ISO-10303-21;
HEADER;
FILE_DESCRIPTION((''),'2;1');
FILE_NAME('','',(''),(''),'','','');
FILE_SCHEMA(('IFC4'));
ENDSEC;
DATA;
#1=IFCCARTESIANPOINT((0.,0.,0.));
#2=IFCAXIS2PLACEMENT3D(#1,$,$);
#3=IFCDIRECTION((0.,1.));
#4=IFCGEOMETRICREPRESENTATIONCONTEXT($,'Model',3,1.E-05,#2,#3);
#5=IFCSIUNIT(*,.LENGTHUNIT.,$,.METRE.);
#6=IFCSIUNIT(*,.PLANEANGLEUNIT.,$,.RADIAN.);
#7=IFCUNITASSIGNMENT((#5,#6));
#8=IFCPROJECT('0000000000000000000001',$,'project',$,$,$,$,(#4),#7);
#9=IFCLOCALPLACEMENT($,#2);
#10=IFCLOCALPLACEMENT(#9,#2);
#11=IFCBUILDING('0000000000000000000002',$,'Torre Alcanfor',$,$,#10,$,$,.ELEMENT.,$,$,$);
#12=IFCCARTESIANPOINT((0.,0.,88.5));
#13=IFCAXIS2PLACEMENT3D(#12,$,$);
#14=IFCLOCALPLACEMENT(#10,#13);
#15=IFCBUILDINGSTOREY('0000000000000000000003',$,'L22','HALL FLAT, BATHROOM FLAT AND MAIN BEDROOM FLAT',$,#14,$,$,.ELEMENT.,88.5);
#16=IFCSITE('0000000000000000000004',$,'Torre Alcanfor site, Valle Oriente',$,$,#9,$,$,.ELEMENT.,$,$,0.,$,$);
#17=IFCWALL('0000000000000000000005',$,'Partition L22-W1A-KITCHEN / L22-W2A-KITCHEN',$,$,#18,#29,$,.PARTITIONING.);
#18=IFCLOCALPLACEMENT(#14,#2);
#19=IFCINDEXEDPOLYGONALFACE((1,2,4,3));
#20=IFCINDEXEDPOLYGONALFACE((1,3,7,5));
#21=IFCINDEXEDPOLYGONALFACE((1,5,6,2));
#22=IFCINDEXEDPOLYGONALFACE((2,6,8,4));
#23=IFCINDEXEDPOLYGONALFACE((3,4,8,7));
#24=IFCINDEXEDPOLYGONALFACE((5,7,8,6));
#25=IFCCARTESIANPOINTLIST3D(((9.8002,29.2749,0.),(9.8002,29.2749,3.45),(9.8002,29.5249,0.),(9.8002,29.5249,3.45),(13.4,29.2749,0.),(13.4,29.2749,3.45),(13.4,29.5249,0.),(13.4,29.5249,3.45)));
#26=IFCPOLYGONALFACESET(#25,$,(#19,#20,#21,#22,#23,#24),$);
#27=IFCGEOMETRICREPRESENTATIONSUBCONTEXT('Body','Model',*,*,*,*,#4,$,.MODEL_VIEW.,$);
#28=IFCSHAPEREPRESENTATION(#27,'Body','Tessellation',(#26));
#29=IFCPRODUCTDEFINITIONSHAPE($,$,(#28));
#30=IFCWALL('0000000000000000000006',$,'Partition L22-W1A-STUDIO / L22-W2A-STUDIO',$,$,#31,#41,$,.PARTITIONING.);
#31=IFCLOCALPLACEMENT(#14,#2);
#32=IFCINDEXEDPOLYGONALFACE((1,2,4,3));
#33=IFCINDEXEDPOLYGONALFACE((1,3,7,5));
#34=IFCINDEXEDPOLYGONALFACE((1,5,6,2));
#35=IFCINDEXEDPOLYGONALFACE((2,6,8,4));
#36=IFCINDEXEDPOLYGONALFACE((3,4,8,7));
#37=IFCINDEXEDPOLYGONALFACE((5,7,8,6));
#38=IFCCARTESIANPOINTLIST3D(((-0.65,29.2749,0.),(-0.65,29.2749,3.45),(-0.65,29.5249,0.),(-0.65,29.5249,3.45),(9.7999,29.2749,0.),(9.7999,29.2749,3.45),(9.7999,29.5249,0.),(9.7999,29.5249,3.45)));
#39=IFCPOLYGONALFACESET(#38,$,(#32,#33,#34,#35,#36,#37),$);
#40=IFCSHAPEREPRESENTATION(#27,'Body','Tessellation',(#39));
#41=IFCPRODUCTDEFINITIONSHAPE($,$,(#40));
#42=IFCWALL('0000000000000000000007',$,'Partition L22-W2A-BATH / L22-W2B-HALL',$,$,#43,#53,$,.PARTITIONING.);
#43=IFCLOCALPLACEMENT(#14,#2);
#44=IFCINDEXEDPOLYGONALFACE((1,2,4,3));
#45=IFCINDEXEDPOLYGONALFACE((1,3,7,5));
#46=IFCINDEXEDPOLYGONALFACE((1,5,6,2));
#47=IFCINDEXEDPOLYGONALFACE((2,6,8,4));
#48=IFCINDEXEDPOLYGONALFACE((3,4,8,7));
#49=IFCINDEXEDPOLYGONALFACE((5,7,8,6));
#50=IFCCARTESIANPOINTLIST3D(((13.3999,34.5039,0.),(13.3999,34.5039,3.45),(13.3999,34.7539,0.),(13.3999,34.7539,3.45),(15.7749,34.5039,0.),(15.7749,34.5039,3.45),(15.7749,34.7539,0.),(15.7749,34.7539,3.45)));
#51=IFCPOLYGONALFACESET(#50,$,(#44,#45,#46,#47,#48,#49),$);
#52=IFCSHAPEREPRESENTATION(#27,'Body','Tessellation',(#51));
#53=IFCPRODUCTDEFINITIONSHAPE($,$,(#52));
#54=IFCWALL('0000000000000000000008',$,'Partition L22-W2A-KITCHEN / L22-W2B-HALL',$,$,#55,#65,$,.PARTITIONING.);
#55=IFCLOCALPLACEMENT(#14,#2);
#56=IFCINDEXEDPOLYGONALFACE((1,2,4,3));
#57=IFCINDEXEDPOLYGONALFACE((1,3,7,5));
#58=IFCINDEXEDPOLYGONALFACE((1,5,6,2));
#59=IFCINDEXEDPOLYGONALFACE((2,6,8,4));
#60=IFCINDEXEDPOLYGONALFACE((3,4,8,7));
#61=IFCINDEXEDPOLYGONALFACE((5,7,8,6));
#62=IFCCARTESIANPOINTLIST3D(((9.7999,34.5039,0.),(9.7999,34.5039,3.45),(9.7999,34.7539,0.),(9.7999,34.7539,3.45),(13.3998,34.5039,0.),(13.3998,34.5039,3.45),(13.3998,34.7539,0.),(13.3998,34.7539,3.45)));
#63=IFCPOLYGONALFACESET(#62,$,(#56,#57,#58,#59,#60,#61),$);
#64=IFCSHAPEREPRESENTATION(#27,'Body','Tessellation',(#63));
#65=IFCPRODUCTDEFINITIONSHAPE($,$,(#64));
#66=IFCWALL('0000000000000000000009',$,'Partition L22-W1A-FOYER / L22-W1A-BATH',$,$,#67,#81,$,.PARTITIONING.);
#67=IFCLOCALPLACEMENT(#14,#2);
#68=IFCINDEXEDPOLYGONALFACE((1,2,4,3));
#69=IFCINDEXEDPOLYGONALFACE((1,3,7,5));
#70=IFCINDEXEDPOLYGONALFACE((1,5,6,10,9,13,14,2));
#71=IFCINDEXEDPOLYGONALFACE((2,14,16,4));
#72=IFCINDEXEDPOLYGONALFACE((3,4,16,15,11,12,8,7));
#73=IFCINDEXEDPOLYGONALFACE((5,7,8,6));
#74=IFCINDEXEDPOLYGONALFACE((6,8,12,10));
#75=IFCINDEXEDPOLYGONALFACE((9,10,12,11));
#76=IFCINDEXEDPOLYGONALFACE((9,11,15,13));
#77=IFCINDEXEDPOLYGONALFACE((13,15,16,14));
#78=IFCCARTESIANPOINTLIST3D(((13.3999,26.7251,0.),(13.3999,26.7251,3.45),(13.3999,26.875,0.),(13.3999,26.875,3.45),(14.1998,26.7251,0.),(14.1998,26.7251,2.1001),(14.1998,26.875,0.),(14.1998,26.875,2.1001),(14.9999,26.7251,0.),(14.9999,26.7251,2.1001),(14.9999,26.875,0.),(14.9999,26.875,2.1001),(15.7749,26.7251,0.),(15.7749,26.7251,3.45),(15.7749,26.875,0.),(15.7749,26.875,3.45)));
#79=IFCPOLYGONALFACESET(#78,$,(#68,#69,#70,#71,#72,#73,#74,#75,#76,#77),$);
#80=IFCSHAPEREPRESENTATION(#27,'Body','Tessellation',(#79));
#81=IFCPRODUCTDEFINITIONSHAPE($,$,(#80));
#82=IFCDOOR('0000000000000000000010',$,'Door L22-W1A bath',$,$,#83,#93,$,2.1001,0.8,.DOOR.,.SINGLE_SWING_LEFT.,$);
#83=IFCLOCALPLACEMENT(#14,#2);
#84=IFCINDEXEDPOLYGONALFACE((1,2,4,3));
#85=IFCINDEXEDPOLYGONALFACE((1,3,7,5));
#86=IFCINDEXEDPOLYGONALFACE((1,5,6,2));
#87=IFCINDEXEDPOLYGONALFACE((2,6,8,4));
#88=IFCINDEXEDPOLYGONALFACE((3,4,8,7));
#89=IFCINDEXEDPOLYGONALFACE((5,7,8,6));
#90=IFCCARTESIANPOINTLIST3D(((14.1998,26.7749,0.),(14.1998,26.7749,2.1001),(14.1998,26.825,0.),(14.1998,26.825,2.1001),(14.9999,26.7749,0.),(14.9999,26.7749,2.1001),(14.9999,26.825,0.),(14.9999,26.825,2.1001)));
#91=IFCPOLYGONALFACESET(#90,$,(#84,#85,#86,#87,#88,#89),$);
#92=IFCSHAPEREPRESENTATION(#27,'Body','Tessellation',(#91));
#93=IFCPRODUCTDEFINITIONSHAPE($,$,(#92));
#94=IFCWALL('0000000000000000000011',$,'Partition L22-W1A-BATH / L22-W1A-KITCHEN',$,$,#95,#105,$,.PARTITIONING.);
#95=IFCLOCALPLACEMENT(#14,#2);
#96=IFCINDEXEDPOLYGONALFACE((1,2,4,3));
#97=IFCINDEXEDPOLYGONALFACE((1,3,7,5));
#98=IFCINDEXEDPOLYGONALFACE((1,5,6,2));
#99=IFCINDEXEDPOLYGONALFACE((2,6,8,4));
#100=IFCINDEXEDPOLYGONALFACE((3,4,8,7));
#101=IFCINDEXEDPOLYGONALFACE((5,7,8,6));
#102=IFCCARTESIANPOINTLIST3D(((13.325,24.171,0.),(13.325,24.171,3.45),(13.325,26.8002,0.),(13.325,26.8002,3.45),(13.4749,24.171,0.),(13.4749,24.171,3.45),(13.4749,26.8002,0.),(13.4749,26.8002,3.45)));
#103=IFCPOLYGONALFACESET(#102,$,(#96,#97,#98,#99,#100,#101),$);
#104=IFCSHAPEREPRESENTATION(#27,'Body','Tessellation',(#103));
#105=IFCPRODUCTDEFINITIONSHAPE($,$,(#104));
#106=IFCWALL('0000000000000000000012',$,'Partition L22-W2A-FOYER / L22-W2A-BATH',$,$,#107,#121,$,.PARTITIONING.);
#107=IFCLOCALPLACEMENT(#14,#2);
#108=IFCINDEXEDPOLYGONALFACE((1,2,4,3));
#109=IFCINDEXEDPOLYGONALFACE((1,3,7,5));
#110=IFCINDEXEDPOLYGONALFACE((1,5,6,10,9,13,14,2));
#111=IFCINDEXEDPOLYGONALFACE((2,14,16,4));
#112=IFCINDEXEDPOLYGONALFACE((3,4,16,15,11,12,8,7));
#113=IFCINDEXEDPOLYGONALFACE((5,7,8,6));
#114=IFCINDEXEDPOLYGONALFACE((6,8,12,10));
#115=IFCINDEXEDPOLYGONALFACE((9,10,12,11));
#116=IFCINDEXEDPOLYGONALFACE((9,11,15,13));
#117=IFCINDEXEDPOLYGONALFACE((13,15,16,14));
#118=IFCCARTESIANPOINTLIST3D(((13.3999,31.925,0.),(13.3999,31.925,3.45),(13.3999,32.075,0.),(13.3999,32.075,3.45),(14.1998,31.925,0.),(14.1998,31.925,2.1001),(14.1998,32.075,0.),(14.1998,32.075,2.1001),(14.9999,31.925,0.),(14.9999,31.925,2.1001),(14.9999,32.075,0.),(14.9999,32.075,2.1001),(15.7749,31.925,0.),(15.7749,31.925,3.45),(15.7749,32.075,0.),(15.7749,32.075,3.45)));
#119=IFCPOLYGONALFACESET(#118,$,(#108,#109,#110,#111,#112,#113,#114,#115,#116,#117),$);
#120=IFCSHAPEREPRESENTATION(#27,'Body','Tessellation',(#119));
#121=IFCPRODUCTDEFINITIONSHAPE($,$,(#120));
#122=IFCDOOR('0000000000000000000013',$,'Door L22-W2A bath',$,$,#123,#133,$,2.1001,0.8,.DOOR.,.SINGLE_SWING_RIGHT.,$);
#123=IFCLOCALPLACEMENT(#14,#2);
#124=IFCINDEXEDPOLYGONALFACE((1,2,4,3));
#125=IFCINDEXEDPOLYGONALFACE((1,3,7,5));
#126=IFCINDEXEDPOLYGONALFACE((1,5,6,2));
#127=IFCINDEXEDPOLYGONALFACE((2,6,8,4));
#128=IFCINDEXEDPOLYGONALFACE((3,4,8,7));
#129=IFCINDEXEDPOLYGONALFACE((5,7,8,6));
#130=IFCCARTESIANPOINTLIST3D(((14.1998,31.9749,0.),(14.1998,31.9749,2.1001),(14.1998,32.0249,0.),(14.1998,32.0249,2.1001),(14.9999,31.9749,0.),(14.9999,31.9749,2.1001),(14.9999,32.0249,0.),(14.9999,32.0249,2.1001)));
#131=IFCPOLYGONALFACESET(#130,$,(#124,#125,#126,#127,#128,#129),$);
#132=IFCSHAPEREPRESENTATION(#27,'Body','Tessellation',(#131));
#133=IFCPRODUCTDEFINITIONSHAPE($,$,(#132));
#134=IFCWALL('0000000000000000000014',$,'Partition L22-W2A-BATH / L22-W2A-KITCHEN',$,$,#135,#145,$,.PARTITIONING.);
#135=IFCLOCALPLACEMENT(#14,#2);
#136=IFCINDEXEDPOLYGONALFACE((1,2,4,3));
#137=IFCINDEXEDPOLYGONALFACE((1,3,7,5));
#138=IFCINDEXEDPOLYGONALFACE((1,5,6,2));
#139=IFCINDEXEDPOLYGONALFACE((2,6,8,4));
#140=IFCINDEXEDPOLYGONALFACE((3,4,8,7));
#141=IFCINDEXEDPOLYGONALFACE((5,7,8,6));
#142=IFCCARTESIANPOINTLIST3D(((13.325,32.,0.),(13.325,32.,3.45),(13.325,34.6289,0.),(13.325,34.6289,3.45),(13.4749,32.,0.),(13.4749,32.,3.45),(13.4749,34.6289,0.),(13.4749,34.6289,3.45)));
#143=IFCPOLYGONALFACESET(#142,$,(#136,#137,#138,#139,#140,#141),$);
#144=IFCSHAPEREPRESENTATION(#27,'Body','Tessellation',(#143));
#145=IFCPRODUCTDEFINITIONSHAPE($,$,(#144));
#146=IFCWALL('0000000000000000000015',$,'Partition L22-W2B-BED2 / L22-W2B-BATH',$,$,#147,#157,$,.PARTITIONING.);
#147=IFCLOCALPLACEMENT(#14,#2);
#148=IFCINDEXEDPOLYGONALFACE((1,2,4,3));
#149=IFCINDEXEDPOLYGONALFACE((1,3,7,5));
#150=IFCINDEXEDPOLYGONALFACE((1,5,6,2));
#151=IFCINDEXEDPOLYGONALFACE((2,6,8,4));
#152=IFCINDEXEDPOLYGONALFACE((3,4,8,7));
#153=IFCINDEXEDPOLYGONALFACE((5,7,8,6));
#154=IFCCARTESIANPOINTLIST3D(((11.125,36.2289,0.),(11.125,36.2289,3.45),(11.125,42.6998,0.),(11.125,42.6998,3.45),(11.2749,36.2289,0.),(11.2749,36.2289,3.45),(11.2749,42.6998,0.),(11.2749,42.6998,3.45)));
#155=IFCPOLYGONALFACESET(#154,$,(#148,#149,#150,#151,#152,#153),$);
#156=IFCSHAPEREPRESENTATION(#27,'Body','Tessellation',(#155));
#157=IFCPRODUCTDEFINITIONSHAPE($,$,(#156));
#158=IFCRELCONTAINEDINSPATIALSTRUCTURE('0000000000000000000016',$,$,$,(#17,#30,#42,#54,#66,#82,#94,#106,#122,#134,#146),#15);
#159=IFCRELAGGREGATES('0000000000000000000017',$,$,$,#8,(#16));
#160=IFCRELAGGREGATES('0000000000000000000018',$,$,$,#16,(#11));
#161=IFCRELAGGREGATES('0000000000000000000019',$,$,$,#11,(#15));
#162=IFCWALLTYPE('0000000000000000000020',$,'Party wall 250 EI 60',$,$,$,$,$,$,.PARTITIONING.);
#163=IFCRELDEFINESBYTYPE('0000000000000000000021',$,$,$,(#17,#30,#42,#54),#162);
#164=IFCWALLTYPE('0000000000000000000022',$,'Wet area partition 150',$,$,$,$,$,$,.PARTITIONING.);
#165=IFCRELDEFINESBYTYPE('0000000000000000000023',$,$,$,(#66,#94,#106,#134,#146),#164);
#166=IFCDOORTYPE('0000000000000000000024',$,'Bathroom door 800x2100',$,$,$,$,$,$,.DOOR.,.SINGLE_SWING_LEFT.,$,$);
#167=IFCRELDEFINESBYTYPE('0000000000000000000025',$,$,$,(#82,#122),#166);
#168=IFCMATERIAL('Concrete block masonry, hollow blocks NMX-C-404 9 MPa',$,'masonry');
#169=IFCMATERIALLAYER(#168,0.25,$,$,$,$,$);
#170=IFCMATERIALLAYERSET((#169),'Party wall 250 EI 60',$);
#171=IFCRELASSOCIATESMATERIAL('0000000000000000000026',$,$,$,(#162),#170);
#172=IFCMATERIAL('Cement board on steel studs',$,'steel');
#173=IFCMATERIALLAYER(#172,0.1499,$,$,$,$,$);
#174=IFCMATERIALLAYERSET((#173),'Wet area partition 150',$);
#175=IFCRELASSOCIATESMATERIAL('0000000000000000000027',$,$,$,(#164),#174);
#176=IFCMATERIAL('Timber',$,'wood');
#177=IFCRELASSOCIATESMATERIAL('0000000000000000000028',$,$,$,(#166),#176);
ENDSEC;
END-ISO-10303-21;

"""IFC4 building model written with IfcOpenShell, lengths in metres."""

from ifc_helpers import new_model, si_unit, direction, frame, frame_2d, origin, place, context, subcontext, project, spatial, rectangle, extrude, material, layer, layer_set, type_object, element, fill, save


model = new_model("IFC4")

# Units and contexts
model_context = context("Model", 3, precision=1e-05, world=origin(), true_north=direction((0.0, 1.0)))
body_context = subcontext(model_context, "Body", "Model", "MODEL_VIEW")
ifc_project = project(units=[si_unit("LENGTHUNIT", "METRE"), si_unit("PLANEANGLEUNIT", "RADIAN")], contexts=[model_context])

# Site, building, storey
site_placement = place(None, origin())
site = spatial("IfcSite", under=ifc_project, at=site_placement, Name="Torre Alcanfor site, Valle Oriente", CompositionType="ELEMENT", RefElevation=0.0)
building_placement = place(site_placement, origin())
building = spatial("IfcBuilding", under=site, at=building_placement, Name="Torre Alcanfor", CompositionType="ELEMENT")
storey_placement = place(building_placement, frame((0.0, 0.0, 88.5)))
storey = spatial("IfcBuildingStorey", under=building, at=storey_placement, Name="L22", Description="HALL FLAT, BATHROOM FLAT AND MAIN BEDROOM FLAT", CompositionType="ELEMENT", Elevation=88.5)

# Walls
ifc_material_1 = material(Name="Concrete block masonry, hollow blocks NMX-C-404 9 MPa", Category="masonry")
ifc_layer_1 = layer(ifc_material_1, 0.25)
ifc_layer_set_1 = layer_set([ifc_layer_1], Name="Party wall 250 EI 60")
wall_type_1 = type_object("IfcWallType", Name="Party wall 250 EI 60", PredefinedType="PARTITIONING", material=ifc_layer_set_1)
wall_1_placement = place(storey_placement, frame((13.3999, 29.3999, 0.0), z_axis=(0.0, 0.0, 1.0), x_axis=(-1.0, 0.0, 0.0)))
element("IfcWall", 1, at=wall_1_placement, inside=storey, type_object=wall_type_1, Name="Partition L22-W1A-KITCHEN / L22-W2A-KITCHEN", PredefinedType="PARTITIONING", context=body_context, shape_type="SweptSolid", body=[
    extrude(rectangle(XDim=3.5999, YDim=0.25, at=frame_2d((1.7998, 0.0))), origin(), (0.0, 0.0, 1.0), 3.45),
])
wall_2_placement = place(storey_placement, frame((9.8, 29.3999, 0.0), z_axis=(0.0, 0.0, 1.0), x_axis=(-1.0, 0.0, 0.0)))
element("IfcWall", 2, at=wall_2_placement, inside=storey, type_object=wall_type_1, Name="Partition L22-W1A-STUDIO / L22-W2A-STUDIO", PredefinedType="PARTITIONING", context=body_context, shape_type="SweptSolid", body=[
    extrude(rectangle(XDim=10.45, YDim=0.25, at=frame_2d((5.2251, 0.0))), origin(), (0.0, 0.0, 1.0), 3.45),
])
wall_3_placement = place(storey_placement, frame((13.3999, 34.6289, 0.0), z_axis=(0.0, 0.0, 1.0), x_axis=(1.0, 0.0, 0.0)))
element("IfcWall", 3, at=wall_3_placement, inside=storey, type_object=wall_type_1, Name="Partition L22-W2A-BATH / L22-W2B-HALL", PredefinedType="PARTITIONING", context=body_context, shape_type="SweptSolid", body=[
    extrude(rectangle(XDim=2.375, YDim=0.25, at=frame_2d((1.1875, 0.0))), origin(), (0.0, 0.0, 1.0), 3.45),
])
wall_4_placement = place(storey_placement, frame((9.8, 34.6289, 0.0), z_axis=(0.0, 0.0, 1.0), x_axis=(1.0, 0.0, 0.0)))
element("IfcWall", 4, at=wall_4_placement, inside=storey, type_object=wall_type_1, Name="Partition L22-W2A-KITCHEN / L22-W2B-HALL", PredefinedType="PARTITIONING", context=body_context, shape_type="SweptSolid", body=[
    extrude(rectangle(XDim=3.5999, YDim=0.25, at=frame_2d((1.7998, 0.0))), origin(), (0.0, 0.0, 1.0), 3.45),
])

# Wall, opening, door
ifc_material_2 = material(Name="Cement board on steel studs", Category="steel")
ifc_layer_2 = layer(ifc_material_2, 0.1499)
ifc_layer_set_2 = layer_set([ifc_layer_2], Name="Wet area partition 150")
wall_type_2 = type_object("IfcWallType", Name="Wet area partition 150", PredefinedType="PARTITIONING", material=ifc_layer_set_2)
wall_5_placement = place(storey_placement, frame((13.3999, 26.8, 0.0), z_axis=(0.0, 0.0, 1.0), x_axis=(1.0, 0.0, 0.0)))
wall_5 = element("IfcWall", 5, at=wall_5_placement, inside=storey, type_object=wall_type_2, Name="Partition L22-W1A-FOYER / L22-W1A-BATH", PredefinedType="PARTITIONING", context=body_context, shape_type="SweptSolid", body=[
    extrude(rectangle(XDim=2.375, YDim=0.1499, at=frame_2d((1.1875, 0.0))), origin(), (0.0, 0.0, 1.0), 3.45),
])
opening_1_placement = place(wall_5_placement, frame((0.8, 0.0, 0.0)))
opening_1 = element("IfcOpeningElement", 6, at=opening_1_placement, cuts=wall_5, PredefinedType="OPENING", context=body_context, shape_type="SweptSolid", body=[
    extrude(rectangle(XDim=0.8, YDim=2.1001, at=frame_2d((0.3999, 1.05))), frame((0.0, 0.085, 0.0), z_axis=(0.0, -1.0, 0.0), x_axis=(1.0, 0.0, 0.0)), (0.0, 0.0, 1.0), 0.1699),
])
ifc_material_3 = material(Name="Timber", Category="wood")
door_type_1 = type_object("IfcDoorType", Name="Bathroom door 800x2100", OperationType="SINGLE_SWING_LEFT", PredefinedType="DOOR", material=ifc_material_3)
door_1_placement = place(opening_1_placement, frame((0.8, 0.0, 0.0), z_axis=(0.0, 0.0, 1.0), x_axis=(-1.0, 0.0, 0.0)))
door_1 = element("IfcDoor", 7, at=door_1_placement, inside=storey, type_object=door_type_1, Name="Door L22-W1A bath", OperationType="SINGLE_SWING_LEFT", OverallHeight=2.1001, OverallWidth=0.8, PredefinedType="DOOR", context=body_context, shape_type="SweptSolid", body=[
    extrude(rectangle(XDim=0.8, YDim=2.1001, at=frame_2d((0.4001, 1.05))), frame((0.0, 0.0251, 0.0), z_axis=(0.0, -1.0, 0.0), x_axis=(1.0, 0.0, 0.0)), (0.0, 0.0, 1.0), 0.05),
])
fill(opening_1, door_1)

# Wall
wall_6_placement = place(storey_placement, frame((13.3999, 26.8, 0.0), z_axis=(0.0, 0.0, 1.0), x_axis=(0.0, -1.0, 0.0)))
element("IfcWall", 8, at=wall_6_placement, inside=storey, type_object=wall_type_2, Name="Partition L22-W1A-BATH / L22-W1A-KITCHEN", PredefinedType="PARTITIONING", context=body_context, shape_type="SweptSolid", body=[
    extrude(rectangle(XDim=2.6292, YDim=0.1499, at=frame_2d((1.3145, 0.0))), origin(), (0.0, 0.0, 1.0), 3.45),
])

# Wall, opening, door
wall_7_placement = place(storey_placement, frame((13.3999, 32.0, 0.0), z_axis=(0.0, 0.0, 1.0), x_axis=(1.0, 0.0, 0.0)))
wall_7 = element("IfcWall", 9, at=wall_7_placement, inside=storey, type_object=wall_type_2, Name="Partition L22-W2A-FOYER / L22-W2A-BATH", PredefinedType="PARTITIONING", context=body_context, shape_type="SweptSolid", body=[
    extrude(rectangle(XDim=2.375, YDim=0.1499, at=frame_2d((1.1875, 0.0))), origin(), (0.0, 0.0, 1.0), 3.45),
])
opening_2_placement = place(wall_7_placement, frame((0.8, 0.0, 0.0)))
opening_2 = element("IfcOpeningElement", 10, at=opening_2_placement, cuts=wall_7, PredefinedType="OPENING", context=body_context, shape_type="SweptSolid", body=[
    extrude(rectangle(XDim=0.8, YDim=2.1001, at=frame_2d((0.3999, 1.05))), frame((0.0, 0.085, 0.0), z_axis=(0.0, -1.0, 0.0), x_axis=(1.0, 0.0, 0.0)), (0.0, 0.0, 1.0), 0.1699),
])
door_2_placement = place(opening_2_placement, origin())
door_2 = element("IfcDoor", 11, at=door_2_placement, inside=storey, type_object=door_type_1, Name="Door L22-W2A bath", OperationType="SINGLE_SWING_RIGHT", OverallHeight=2.1001, OverallWidth=0.8, PredefinedType="DOOR", context=body_context, shape_type="SweptSolid", body=[
    extrude(rectangle(XDim=0.8, YDim=2.1001, at=frame_2d((0.3999, 1.05))), frame((0.0, 0.0249, 0.0), z_axis=(0.0, -1.0, 0.0), x_axis=(1.0, 0.0, 0.0)), (0.0, 0.0, 1.0), 0.05),
])
fill(opening_2, door_2)

# Walls
wall_8_placement = place(storey_placement, frame((13.3999, 32.0, 0.0), z_axis=(0.0, 0.0, 1.0), x_axis=(0.0, 1.0, 0.0)))
element("IfcWall", 12, at=wall_8_placement, inside=storey, type_object=wall_type_2, Name="Partition L22-W2A-BATH / L22-W2A-KITCHEN", PredefinedType="PARTITIONING", context=body_context, shape_type="SweptSolid", body=[
    extrude(rectangle(XDim=2.6289, YDim=0.1499, at=frame_2d((1.3145, 0.0))), origin(), (0.0, 0.0, 1.0), 3.45),
])
wall_9_placement = place(storey_placement, frame((11.2, 36.229, 0.0), z_axis=(0.0, 0.0, 1.0), x_axis=(0.0, 1.0, 0.0)))
element("IfcWall", 13, at=wall_9_placement, inside=storey, type_object=wall_type_2, Name="Partition L22-W2B-BED2 / L22-W2B-BATH", PredefinedType="PARTITIONING", context=body_context, shape_type="SweptSolid", body=[
    extrude(rectangle(XDim=6.4709, YDim=0.1499, at=frame_2d((3.2354, 0.0))), origin(), (0.0, 0.0, 1.0), 3.45),
])

save(model, "model.ifc")
